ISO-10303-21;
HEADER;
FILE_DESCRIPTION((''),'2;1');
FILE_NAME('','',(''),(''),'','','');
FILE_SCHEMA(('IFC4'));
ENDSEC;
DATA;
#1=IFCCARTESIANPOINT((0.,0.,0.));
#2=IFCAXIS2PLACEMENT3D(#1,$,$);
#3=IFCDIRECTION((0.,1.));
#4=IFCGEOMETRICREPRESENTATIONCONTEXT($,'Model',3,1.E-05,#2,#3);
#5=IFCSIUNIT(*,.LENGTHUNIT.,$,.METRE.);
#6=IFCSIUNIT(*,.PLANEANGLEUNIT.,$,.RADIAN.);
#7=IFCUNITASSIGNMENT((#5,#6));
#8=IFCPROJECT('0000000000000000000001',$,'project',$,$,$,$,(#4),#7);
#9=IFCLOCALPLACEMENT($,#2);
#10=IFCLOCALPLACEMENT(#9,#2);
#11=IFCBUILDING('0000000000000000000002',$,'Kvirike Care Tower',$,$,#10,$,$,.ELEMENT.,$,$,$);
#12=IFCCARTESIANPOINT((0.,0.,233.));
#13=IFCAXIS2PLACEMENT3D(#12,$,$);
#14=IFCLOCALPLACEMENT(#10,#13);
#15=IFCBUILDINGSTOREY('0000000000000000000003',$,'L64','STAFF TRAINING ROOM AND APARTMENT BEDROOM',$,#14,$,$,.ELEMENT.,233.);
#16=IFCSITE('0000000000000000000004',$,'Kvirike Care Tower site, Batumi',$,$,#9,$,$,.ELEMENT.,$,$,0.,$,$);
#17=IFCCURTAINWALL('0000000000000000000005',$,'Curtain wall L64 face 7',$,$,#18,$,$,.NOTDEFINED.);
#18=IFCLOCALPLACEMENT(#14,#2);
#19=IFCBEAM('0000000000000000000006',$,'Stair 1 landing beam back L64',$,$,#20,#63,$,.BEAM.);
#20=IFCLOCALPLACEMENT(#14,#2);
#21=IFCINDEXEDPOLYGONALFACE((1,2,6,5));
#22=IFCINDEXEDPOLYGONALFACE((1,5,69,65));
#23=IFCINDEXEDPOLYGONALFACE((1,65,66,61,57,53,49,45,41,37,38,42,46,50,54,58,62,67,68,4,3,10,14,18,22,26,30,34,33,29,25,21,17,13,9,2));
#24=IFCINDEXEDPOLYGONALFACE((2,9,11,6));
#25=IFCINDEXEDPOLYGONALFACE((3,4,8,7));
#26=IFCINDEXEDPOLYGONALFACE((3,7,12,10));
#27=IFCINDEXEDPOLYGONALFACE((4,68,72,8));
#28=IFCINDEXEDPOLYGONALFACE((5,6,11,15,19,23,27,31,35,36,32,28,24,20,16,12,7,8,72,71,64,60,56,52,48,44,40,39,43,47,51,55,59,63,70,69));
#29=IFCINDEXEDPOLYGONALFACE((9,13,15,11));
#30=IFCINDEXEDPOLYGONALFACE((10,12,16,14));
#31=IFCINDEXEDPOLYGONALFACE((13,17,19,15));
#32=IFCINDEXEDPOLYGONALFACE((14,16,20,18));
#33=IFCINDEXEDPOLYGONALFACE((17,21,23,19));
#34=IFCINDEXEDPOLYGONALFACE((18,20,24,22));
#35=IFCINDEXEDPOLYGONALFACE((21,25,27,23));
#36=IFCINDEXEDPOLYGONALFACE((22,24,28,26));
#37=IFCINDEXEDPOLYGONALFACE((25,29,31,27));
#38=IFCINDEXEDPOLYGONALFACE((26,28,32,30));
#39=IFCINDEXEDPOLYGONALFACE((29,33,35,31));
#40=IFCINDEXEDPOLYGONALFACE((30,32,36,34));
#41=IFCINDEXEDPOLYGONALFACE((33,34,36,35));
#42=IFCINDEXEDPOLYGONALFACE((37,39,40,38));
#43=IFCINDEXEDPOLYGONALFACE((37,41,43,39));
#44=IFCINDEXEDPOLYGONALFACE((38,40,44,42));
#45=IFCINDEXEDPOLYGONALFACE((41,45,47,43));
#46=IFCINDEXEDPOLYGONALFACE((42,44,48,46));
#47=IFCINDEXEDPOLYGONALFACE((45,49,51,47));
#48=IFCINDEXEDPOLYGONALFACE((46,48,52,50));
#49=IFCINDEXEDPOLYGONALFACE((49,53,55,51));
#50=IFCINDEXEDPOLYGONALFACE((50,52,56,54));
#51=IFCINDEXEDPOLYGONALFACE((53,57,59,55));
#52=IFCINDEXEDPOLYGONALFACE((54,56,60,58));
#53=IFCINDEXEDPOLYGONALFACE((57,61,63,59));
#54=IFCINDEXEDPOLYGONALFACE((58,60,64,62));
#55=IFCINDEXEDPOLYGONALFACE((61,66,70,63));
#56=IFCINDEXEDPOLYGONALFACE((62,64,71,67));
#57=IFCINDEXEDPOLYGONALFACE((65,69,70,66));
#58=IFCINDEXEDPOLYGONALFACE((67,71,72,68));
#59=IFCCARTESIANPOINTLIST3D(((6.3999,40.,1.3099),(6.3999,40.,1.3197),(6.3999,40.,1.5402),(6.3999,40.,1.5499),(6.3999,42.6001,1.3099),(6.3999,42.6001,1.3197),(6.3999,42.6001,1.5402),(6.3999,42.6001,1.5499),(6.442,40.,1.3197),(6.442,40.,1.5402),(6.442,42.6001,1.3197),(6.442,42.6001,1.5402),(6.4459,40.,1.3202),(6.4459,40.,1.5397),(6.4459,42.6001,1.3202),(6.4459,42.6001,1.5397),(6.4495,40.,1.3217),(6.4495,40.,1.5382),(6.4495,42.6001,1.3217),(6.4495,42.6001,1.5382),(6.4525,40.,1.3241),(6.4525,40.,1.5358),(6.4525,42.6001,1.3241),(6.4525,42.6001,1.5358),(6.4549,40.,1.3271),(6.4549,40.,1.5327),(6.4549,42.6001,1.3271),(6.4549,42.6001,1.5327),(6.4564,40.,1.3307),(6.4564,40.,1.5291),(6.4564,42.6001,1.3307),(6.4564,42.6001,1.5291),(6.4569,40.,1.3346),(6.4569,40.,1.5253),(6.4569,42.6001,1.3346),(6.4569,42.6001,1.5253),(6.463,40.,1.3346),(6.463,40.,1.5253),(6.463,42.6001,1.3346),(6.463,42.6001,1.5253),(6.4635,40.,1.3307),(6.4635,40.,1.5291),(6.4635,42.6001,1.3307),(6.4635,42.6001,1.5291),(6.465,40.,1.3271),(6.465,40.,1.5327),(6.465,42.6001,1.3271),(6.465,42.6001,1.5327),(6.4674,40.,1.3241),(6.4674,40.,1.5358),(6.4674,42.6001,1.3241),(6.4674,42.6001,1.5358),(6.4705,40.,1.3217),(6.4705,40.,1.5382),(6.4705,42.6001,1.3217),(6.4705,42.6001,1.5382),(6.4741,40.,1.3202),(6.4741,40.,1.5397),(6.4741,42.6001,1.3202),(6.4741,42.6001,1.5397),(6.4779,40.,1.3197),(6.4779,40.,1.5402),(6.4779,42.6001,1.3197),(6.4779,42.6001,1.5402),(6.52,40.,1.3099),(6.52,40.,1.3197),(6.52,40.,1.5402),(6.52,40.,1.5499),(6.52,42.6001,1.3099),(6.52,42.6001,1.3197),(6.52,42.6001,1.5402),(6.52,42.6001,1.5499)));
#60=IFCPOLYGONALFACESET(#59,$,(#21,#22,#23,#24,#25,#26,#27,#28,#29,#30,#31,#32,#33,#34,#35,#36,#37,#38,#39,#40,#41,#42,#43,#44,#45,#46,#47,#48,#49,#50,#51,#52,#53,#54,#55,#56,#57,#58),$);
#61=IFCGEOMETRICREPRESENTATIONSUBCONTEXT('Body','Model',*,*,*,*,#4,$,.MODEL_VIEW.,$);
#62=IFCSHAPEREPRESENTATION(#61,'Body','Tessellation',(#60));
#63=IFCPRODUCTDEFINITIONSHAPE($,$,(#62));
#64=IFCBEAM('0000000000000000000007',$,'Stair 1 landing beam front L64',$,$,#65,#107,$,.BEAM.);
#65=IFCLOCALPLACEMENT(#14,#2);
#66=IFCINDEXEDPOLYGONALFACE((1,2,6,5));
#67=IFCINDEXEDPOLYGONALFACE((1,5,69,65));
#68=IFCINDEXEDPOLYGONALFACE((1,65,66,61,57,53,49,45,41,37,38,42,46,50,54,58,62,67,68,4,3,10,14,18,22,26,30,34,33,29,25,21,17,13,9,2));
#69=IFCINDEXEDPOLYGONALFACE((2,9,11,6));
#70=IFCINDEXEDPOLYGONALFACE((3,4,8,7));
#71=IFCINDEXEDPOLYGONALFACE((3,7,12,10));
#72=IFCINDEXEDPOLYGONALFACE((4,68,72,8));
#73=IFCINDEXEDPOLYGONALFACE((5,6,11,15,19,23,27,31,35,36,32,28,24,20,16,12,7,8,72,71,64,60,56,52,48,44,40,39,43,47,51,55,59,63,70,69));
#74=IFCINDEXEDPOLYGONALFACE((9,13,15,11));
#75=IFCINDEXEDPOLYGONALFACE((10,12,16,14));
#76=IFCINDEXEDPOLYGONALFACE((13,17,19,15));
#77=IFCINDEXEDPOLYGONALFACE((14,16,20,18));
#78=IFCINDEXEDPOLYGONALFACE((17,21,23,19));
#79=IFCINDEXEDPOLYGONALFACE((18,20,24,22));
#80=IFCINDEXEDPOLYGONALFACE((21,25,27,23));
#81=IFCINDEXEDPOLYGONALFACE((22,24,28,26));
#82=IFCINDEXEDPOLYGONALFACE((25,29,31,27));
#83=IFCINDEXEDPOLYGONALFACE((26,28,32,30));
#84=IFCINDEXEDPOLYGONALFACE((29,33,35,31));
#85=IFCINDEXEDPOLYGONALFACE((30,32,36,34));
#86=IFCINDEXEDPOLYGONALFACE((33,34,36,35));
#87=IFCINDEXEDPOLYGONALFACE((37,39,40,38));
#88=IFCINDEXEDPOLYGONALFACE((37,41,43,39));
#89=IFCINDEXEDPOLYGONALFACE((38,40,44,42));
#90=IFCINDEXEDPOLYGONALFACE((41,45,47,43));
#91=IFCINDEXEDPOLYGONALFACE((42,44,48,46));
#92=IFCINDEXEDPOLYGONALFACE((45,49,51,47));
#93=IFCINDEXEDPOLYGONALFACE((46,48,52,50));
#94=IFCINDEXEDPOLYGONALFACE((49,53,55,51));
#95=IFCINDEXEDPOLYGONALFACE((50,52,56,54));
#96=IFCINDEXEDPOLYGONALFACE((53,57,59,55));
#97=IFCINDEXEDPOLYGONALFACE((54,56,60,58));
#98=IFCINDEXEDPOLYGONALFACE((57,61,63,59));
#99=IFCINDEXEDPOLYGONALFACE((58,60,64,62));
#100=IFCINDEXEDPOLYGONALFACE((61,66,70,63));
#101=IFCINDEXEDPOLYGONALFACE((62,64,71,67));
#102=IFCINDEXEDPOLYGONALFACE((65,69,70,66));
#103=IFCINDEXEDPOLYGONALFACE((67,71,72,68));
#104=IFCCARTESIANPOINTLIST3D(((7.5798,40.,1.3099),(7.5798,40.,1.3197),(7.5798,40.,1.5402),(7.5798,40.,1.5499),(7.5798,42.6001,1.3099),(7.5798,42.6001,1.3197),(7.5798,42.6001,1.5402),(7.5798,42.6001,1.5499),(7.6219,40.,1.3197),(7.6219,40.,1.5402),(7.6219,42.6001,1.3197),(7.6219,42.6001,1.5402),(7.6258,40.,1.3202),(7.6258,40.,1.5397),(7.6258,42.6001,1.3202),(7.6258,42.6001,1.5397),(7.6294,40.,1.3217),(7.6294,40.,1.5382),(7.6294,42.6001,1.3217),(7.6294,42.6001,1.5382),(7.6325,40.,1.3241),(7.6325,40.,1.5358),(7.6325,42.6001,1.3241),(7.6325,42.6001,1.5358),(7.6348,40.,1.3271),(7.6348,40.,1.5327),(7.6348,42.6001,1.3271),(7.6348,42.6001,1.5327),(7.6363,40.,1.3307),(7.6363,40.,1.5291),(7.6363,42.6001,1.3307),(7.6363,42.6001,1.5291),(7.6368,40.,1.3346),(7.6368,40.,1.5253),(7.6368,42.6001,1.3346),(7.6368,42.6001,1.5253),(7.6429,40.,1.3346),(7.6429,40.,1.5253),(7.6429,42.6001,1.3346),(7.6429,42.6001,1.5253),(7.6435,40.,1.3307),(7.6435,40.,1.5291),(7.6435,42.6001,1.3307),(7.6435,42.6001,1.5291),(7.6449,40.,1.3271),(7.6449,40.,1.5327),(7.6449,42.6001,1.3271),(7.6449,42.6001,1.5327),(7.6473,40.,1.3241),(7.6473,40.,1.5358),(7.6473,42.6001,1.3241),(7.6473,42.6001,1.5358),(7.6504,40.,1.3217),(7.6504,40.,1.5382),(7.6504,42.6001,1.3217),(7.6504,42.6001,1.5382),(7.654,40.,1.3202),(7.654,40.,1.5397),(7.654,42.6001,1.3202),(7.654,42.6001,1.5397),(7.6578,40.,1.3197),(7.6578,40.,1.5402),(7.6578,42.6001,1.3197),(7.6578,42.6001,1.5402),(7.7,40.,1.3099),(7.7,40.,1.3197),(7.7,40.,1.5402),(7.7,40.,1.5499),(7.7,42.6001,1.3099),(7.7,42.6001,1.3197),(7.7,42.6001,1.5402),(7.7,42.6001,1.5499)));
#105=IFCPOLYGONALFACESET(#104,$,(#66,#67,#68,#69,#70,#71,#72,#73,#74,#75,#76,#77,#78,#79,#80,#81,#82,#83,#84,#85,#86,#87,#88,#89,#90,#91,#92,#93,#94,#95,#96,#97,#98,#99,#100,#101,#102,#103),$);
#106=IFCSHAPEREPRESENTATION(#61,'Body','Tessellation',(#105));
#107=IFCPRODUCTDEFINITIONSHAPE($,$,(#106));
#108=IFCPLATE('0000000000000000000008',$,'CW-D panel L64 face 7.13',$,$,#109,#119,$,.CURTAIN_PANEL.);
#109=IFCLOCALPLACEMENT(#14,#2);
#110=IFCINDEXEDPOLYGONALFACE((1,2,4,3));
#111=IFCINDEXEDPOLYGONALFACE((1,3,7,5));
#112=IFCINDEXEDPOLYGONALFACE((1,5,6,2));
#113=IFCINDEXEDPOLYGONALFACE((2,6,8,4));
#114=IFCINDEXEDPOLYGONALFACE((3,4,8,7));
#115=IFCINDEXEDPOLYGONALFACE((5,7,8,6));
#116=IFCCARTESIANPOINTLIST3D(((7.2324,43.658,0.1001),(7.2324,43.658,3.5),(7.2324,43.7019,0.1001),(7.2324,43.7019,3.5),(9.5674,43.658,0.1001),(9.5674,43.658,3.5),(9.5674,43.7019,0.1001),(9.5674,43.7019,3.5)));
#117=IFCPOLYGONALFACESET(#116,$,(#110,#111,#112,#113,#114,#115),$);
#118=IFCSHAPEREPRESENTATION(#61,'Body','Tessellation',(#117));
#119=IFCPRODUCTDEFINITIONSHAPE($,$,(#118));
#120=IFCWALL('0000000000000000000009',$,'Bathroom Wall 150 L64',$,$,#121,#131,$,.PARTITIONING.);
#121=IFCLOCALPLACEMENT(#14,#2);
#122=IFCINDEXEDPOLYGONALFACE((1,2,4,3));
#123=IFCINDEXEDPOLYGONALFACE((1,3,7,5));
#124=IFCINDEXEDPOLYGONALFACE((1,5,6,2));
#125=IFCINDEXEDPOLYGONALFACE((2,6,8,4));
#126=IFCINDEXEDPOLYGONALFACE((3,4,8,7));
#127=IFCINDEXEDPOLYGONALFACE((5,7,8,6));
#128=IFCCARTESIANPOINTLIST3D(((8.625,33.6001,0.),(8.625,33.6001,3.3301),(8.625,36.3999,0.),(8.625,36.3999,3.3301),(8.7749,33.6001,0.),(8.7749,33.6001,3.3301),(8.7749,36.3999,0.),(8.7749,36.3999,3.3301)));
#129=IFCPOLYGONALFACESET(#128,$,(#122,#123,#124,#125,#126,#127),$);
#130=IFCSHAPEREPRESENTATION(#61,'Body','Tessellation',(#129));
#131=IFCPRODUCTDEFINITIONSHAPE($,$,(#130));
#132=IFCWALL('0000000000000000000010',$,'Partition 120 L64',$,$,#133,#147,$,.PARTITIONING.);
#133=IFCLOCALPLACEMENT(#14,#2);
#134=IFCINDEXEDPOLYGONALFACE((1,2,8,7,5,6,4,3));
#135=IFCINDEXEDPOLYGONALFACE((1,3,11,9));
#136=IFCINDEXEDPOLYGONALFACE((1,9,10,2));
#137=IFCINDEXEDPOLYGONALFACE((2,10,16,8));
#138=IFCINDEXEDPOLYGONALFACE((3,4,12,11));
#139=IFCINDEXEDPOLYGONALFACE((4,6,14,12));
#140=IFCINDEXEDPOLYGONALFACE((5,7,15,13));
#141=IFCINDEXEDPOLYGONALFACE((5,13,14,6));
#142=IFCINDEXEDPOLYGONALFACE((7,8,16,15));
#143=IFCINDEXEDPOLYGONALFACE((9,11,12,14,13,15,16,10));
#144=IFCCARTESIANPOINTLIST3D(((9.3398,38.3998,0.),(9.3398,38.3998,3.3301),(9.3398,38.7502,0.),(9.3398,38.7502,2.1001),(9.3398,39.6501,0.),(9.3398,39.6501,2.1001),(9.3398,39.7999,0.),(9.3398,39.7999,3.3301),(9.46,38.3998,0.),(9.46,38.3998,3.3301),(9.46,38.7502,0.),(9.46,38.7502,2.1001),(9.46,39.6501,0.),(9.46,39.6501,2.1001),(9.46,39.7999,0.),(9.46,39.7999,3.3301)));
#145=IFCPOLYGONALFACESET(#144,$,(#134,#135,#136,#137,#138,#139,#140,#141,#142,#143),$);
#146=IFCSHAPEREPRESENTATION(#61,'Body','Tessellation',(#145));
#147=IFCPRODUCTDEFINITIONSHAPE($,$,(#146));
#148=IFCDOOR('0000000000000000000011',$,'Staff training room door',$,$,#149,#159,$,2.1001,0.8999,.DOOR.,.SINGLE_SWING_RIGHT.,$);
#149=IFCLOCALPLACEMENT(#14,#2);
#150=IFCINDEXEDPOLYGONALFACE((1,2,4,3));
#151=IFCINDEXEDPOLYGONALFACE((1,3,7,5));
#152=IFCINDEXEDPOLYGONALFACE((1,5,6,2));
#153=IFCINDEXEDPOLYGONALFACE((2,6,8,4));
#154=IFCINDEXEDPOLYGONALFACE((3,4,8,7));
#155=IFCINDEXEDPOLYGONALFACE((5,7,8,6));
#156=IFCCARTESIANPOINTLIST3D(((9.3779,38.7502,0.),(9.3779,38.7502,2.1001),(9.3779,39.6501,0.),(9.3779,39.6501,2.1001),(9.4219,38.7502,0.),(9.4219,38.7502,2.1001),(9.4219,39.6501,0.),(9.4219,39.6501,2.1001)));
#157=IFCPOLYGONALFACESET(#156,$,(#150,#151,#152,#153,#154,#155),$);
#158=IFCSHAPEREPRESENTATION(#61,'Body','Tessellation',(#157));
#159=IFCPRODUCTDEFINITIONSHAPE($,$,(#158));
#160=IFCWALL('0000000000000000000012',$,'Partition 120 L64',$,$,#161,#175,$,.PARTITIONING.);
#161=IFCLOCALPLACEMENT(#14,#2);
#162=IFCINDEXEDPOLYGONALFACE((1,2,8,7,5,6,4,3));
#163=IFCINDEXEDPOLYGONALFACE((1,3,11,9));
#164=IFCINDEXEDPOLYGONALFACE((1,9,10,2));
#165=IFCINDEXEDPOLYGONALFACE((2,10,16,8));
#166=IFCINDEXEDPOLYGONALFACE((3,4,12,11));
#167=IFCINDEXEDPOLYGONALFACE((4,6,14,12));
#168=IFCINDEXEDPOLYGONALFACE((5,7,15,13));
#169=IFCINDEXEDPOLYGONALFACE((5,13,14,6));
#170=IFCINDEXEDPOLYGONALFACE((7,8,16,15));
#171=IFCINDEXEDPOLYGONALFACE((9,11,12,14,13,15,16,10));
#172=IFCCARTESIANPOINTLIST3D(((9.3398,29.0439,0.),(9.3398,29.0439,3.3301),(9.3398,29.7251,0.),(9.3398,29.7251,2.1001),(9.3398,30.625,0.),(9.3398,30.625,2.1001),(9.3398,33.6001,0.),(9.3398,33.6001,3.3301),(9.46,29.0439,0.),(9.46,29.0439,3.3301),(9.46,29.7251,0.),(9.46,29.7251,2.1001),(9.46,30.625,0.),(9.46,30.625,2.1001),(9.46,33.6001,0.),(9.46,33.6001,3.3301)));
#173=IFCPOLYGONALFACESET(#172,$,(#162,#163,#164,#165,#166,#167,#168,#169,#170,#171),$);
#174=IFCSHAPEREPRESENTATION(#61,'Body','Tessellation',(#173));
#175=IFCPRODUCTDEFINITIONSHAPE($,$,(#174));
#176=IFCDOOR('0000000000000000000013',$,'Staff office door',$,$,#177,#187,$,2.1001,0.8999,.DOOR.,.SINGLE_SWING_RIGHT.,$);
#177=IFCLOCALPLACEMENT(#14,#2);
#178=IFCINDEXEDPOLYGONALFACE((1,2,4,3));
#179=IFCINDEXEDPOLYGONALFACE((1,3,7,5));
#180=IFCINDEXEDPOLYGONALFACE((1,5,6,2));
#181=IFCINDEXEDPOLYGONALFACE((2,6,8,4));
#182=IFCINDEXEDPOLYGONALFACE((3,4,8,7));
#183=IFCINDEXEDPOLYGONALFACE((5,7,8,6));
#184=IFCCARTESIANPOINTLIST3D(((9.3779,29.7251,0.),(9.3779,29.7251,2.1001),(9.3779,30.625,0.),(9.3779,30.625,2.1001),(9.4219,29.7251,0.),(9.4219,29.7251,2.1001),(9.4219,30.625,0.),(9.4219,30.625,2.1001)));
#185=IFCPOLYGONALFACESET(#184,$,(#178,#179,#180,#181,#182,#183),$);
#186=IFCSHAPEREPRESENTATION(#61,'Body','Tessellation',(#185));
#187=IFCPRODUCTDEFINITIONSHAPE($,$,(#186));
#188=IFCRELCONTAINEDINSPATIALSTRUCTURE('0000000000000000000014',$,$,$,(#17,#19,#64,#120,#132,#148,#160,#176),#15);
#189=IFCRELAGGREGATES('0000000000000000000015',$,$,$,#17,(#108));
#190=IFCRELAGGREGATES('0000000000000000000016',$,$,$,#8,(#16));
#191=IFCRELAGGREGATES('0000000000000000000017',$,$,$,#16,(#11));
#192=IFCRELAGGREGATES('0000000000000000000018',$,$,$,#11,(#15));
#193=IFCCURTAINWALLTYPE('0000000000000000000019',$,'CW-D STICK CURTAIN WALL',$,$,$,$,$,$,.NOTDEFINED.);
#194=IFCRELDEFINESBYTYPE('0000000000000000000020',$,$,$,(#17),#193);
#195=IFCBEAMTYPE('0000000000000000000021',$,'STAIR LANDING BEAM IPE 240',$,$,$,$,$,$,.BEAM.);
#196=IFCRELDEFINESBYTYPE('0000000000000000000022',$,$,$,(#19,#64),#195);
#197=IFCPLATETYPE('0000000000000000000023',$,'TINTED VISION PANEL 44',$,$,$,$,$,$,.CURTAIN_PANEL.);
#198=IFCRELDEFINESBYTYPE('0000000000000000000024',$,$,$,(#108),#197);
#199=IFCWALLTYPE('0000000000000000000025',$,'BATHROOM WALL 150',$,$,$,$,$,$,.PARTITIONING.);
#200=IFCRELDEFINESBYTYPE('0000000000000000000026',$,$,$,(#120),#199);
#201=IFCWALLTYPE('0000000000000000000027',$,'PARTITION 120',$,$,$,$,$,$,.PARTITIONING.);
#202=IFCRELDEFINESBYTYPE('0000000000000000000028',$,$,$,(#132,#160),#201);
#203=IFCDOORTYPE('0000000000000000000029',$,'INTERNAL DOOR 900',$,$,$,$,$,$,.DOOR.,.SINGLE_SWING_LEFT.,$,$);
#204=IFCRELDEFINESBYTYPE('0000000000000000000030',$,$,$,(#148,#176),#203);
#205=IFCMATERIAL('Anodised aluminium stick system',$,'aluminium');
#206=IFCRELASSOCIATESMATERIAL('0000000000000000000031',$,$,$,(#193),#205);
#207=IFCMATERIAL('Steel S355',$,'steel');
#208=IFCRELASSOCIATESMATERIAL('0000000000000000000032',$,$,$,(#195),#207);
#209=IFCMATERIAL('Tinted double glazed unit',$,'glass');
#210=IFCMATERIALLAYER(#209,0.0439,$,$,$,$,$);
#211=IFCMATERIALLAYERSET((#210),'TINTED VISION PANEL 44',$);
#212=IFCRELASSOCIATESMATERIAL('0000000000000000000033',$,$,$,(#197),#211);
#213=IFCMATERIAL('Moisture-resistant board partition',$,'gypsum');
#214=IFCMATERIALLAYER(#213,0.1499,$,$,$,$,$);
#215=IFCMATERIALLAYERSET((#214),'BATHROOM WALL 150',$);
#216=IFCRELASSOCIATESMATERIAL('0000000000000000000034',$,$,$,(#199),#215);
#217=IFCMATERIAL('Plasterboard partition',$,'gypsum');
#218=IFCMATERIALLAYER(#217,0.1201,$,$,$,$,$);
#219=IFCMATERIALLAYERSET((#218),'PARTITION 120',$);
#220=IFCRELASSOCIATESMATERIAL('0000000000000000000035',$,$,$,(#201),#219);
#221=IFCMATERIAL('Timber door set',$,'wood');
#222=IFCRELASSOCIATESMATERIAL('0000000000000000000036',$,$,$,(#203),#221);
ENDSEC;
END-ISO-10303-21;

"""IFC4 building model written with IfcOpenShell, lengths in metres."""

from ifc_helpers import new_model, si_unit, direction, frame, frame_2d, origin, origin_2d, place, context, subcontext, project, spatial, rectangle, i_section, extrude, material, layer, layer_set, material_profile, profile_set, type_object, element, fill, aggregate, save


model = new_model("IFC4")

# Units and contexts
model_context = context("Model", 3, precision=1e-05, world=origin(), true_north=direction((0.0, 1.0)))
body_context = subcontext(model_context, "Body", "Model", "MODEL_VIEW")
ifc_project = project(units=[si_unit("LENGTHUNIT", "METRE"), si_unit("PLANEANGLEUNIT", "RADIAN")], contexts=[model_context])

# Site, building, storey
site_placement = place(None, origin())
site = spatial("IfcSite", under=ifc_project, at=site_placement, Name="Kvirike Care Tower site, Batumi", CompositionType="ELEMENT", RefElevation=0.0)
building_placement = place(site_placement, origin())
building = spatial("IfcBuilding", under=site, at=building_placement, Name="Kvirike Care Tower", CompositionType="ELEMENT")
storey_placement = place(building_placement, frame((0.0, 0.0, 233.0)))
storey = spatial("IfcBuildingStorey", under=building, at=storey_placement, Name="L64", Description="STAFF TRAINING ROOM AND APARTMENT BEDROOM", CompositionType="ELEMENT", Elevation=233.0)

# Curtain wall
ifc_material_1 = material(Name="Anodised aluminium stick system", Category="aluminium")
curtain_wall_type = type_object("IfcCurtainWallType", Name="CW-D STICK CURTAIN WALL", PredefinedType="NOTDEFINED", material=ifc_material_1)
curtain_wall_placement = place(storey_placement, origin())
curtain_wall = element("IfcCurtainWall", 1, at=curtain_wall_placement, inside=storey, type_object=curtain_wall_type, Name="Curtain wall L64 face 7", PredefinedType="NOTDEFINED")

# Beams
ifc_material_2 = material(Name="Steel S355", Category="steel")
ifc_material_profile_1 = material_profile(ifc_material_2, i_section(OverallWidth=0.1201, OverallDepth=0.24, WebThickness=0.0061, FlangeThickness=0.0098, FilletRadius=0.0149, at=origin_2d()), Name="IPE 240")
ifc_profile_set_1 = profile_set([ifc_material_profile_1], Name="Steel S355")
beam_type_1 = type_object("IfcBeamType", Name="STAIR LANDING BEAM IPE 240", PredefinedType="BEAM", material=ifc_profile_set_1)
for number, where, z_axis, x_axis, name in (
    (2, (6.46, 42.6001, 1.4299), (0.0, -1.0, 0.0), (1.0, 0.0, 0.0), "Stair 1 landing beam back L64"),
    (3, (7.6399, 42.6001, 1.4299), (0.0, -1.0, 0.0), (1.0, 0.0, 0.0), "Stair 1 landing beam front L64"),
):
    element("IfcBeam", number, at=place(storey_placement, frame(where, z_axis=z_axis, x_axis=x_axis)), inside=storey, type_object=beam_type_1, Name=name, PredefinedType="BEAM", context=body_context, shape_type="SweptSolid", body=[
        extrude(i_section(OverallWidth=0.1201, OverallDepth=0.24, WebThickness=0.0061, FlangeThickness=0.0098, FilletRadius=0.0149, at=origin_2d()), origin(), (0.0, 0.0, 1.0), 2.6001),
    ])

# Plate
ifc_material_3 = material(Name="Tinted double glazed unit", Category="glass")
ifc_layer_1 = layer(ifc_material_3, 0.0439)
ifc_layer_set_1 = layer_set([ifc_layer_1], Name="TINTED VISION PANEL 44")
plate_type = type_object("IfcPlateType", Name="TINTED VISION PANEL 44", PredefinedType="CURTAIN_PANEL", material=ifc_layer_set_1)
plate_placement = place(storey_placement, frame((8.3999, 43.6799, 0.1001), z_axis=(0.0, 0.0, 1.0), x_axis=(-1.0, 0.0, 0.0)))
plate = element("IfcPlate", 4, at=plate_placement, type_object=plate_type, Name="CW-D panel L64 face 7.13", PredefinedType="CURTAIN_PANEL", context=body_context, shape_type="SweptSolid", body=[
    extrude(rectangle(XDim=2.335, YDim=0.0439, at=origin_2d()), origin(), (0.0, 0.0, 1.0), 3.3999),
])
aggregate(curtain_wall, [plate])

# Wall
ifc_material_4 = material(Name="Moisture-resistant board partition", Category="gypsum")
ifc_layer_2 = layer(ifc_material_4, 0.1499)
ifc_layer_set_2 = layer_set([ifc_layer_2], Name="BATHROOM WALL 150")
wall_type_1 = type_object("IfcWallType", Name="BATHROOM WALL 150", PredefinedType="PARTITIONING", material=ifc_layer_set_2)
wall_1_placement = place(storey_placement, frame((8.7, 36.3999, 0.0), z_axis=(0.0, 0.0, 1.0), x_axis=(0.0, -1.0, 0.0)))
element("IfcWall", 5, at=wall_1_placement, inside=storey, type_object=wall_type_1, Name="Bathroom Wall 150 L64", PredefinedType="PARTITIONING", context=body_context, shape_type="SweptSolid", body=[
    extrude(rectangle(XDim=2.7998, YDim=0.1499, at=frame_2d((1.3999, 0.0))), origin(), (0.0, 0.0, 1.0), 3.3301),
])

# Walls, openings, doors
ifc_material_5 = material(Name="Plasterboard partition", Category="gypsum")
ifc_layer_3 = layer(ifc_material_5, 0.1201)
ifc_layer_set_3 = layer_set([ifc_layer_3], Name="PARTITION 120")
wall_type_2 = type_object("IfcWallType", Name="PARTITION 120", PredefinedType="PARTITIONING", material=ifc_layer_set_3)
wall_2_placement = place(storey_placement, frame((9.3999, 39.8, 0.0), z_axis=(0.0, 0.0, 1.0), x_axis=(0.0, -1.0, 0.0)))
wall_2 = element("IfcWall", 6, at=wall_2_placement, inside=storey, type_object=wall_type_2, Name="Partition 120 L64", PredefinedType="PARTITIONING", context=body_context, shape_type="SweptSolid", body=[
    extrude(rectangle(XDim=1.4001, YDim=0.1201, at=frame_2d((0.7002, 0.0))), origin(), (0.0, 0.0, 1.0), 3.3301),
])
opening_1_placement = place(wall_2_placement, frame((0.1499, 0.0, 0.0)))
opening_1 = element("IfcOpeningElement", 7, at=opening_1_placement, cuts=wall_2, PredefinedType="OPENING", context=body_context, shape_type="SweptSolid", body=[
    extrude(rectangle(XDim=0.8999, YDim=2.1001, at=frame_2d((0.45, 1.05))), frame((0.0, 0.0706, 0.0), z_axis=(0.0, -1.0, 0.0), x_axis=(1.0, 0.0, 0.0)), (0.0, 0.0, 1.0), 0.1411),
])
ifc_material_6 = material(Name="Timber door set", Category="wood")
door_type = type_object("IfcDoorType", Name="INTERNAL DOOR 900", OperationType="SINGLE_SWING_LEFT", PredefinedType="DOOR", material=ifc_material_6)
door_1_placement = place(opening_1_placement, origin())
door_1 = element("IfcDoor", 8, at=door_1_placement, inside=storey, type_object=door_type, Name="Staff training room door", OperationType="SINGLE_SWING_RIGHT", OverallHeight=2.1001, OverallWidth=0.8999, PredefinedType="DOOR", context=body_context, shape_type="SweptSolid", body=[
    extrude(rectangle(XDim=0.8999, YDim=2.1001, at=frame_2d((0.45, 1.05))), frame((0.0, 0.022, 0.0), z_axis=(0.0, -1.0, 0.0), x_axis=(1.0, 0.0, 0.0)), (0.0, 0.0, 1.0), 0.0439),
])
fill(opening_1, door_1)
wall_3_placement = place(storey_placement, frame((9.3999, 33.6001, 0.0), z_axis=(0.0, 0.0, 1.0), x_axis=(0.0, -1.0, 0.0)))
wall_3 = element("IfcWall", 9, at=wall_3_placement, inside=storey, type_object=wall_type_2, Name="Partition 120 L64", PredefinedType="PARTITIONING", context=body_context, shape_type="SweptSolid", body=[
    extrude(rectangle(XDim=4.5562, YDim=0.1201, at=frame_2d((2.2781, 0.0))), origin(), (0.0, 0.0, 1.0), 3.3301),
])
opening_2_placement = place(wall_3_placement, frame((2.9751, 0.0, 0.0)))
opening_2 = element("IfcOpeningElement", 10, at=opening_2_placement, cuts=wall_3, PredefinedType="OPENING", context=body_context, shape_type="SweptSolid", body=[
    extrude(rectangle(XDim=0.8999, YDim=2.1001, at=frame_2d((0.45, 1.05))), frame((0.0, 0.0706, 0.0), z_axis=(0.0, -1.0, 0.0), x_axis=(1.0, 0.0, 0.0)), (0.0, 0.0, 1.0), 0.1411),
])
door_2_placement = place(opening_2_placement, origin())
door_2 = element("IfcDoor", 11, at=door_2_placement, inside=storey, type_object=door_type, Name="Staff office door", OperationType="SINGLE_SWING_RIGHT", OverallHeight=2.1001, OverallWidth=0.8999, PredefinedType="DOOR", context=body_context, shape_type="SweptSolid", body=[
    extrude(rectangle(XDim=0.8999, YDim=2.1001, at=frame_2d((0.45, 1.05))), frame((0.0, 0.022, 0.0), z_axis=(0.0, -1.0, 0.0), x_axis=(1.0, 0.0, 0.0)), (0.0, 0.0, 1.0), 0.0439),
])
fill(opening_2, door_2)

save(model, "model.ifc")
